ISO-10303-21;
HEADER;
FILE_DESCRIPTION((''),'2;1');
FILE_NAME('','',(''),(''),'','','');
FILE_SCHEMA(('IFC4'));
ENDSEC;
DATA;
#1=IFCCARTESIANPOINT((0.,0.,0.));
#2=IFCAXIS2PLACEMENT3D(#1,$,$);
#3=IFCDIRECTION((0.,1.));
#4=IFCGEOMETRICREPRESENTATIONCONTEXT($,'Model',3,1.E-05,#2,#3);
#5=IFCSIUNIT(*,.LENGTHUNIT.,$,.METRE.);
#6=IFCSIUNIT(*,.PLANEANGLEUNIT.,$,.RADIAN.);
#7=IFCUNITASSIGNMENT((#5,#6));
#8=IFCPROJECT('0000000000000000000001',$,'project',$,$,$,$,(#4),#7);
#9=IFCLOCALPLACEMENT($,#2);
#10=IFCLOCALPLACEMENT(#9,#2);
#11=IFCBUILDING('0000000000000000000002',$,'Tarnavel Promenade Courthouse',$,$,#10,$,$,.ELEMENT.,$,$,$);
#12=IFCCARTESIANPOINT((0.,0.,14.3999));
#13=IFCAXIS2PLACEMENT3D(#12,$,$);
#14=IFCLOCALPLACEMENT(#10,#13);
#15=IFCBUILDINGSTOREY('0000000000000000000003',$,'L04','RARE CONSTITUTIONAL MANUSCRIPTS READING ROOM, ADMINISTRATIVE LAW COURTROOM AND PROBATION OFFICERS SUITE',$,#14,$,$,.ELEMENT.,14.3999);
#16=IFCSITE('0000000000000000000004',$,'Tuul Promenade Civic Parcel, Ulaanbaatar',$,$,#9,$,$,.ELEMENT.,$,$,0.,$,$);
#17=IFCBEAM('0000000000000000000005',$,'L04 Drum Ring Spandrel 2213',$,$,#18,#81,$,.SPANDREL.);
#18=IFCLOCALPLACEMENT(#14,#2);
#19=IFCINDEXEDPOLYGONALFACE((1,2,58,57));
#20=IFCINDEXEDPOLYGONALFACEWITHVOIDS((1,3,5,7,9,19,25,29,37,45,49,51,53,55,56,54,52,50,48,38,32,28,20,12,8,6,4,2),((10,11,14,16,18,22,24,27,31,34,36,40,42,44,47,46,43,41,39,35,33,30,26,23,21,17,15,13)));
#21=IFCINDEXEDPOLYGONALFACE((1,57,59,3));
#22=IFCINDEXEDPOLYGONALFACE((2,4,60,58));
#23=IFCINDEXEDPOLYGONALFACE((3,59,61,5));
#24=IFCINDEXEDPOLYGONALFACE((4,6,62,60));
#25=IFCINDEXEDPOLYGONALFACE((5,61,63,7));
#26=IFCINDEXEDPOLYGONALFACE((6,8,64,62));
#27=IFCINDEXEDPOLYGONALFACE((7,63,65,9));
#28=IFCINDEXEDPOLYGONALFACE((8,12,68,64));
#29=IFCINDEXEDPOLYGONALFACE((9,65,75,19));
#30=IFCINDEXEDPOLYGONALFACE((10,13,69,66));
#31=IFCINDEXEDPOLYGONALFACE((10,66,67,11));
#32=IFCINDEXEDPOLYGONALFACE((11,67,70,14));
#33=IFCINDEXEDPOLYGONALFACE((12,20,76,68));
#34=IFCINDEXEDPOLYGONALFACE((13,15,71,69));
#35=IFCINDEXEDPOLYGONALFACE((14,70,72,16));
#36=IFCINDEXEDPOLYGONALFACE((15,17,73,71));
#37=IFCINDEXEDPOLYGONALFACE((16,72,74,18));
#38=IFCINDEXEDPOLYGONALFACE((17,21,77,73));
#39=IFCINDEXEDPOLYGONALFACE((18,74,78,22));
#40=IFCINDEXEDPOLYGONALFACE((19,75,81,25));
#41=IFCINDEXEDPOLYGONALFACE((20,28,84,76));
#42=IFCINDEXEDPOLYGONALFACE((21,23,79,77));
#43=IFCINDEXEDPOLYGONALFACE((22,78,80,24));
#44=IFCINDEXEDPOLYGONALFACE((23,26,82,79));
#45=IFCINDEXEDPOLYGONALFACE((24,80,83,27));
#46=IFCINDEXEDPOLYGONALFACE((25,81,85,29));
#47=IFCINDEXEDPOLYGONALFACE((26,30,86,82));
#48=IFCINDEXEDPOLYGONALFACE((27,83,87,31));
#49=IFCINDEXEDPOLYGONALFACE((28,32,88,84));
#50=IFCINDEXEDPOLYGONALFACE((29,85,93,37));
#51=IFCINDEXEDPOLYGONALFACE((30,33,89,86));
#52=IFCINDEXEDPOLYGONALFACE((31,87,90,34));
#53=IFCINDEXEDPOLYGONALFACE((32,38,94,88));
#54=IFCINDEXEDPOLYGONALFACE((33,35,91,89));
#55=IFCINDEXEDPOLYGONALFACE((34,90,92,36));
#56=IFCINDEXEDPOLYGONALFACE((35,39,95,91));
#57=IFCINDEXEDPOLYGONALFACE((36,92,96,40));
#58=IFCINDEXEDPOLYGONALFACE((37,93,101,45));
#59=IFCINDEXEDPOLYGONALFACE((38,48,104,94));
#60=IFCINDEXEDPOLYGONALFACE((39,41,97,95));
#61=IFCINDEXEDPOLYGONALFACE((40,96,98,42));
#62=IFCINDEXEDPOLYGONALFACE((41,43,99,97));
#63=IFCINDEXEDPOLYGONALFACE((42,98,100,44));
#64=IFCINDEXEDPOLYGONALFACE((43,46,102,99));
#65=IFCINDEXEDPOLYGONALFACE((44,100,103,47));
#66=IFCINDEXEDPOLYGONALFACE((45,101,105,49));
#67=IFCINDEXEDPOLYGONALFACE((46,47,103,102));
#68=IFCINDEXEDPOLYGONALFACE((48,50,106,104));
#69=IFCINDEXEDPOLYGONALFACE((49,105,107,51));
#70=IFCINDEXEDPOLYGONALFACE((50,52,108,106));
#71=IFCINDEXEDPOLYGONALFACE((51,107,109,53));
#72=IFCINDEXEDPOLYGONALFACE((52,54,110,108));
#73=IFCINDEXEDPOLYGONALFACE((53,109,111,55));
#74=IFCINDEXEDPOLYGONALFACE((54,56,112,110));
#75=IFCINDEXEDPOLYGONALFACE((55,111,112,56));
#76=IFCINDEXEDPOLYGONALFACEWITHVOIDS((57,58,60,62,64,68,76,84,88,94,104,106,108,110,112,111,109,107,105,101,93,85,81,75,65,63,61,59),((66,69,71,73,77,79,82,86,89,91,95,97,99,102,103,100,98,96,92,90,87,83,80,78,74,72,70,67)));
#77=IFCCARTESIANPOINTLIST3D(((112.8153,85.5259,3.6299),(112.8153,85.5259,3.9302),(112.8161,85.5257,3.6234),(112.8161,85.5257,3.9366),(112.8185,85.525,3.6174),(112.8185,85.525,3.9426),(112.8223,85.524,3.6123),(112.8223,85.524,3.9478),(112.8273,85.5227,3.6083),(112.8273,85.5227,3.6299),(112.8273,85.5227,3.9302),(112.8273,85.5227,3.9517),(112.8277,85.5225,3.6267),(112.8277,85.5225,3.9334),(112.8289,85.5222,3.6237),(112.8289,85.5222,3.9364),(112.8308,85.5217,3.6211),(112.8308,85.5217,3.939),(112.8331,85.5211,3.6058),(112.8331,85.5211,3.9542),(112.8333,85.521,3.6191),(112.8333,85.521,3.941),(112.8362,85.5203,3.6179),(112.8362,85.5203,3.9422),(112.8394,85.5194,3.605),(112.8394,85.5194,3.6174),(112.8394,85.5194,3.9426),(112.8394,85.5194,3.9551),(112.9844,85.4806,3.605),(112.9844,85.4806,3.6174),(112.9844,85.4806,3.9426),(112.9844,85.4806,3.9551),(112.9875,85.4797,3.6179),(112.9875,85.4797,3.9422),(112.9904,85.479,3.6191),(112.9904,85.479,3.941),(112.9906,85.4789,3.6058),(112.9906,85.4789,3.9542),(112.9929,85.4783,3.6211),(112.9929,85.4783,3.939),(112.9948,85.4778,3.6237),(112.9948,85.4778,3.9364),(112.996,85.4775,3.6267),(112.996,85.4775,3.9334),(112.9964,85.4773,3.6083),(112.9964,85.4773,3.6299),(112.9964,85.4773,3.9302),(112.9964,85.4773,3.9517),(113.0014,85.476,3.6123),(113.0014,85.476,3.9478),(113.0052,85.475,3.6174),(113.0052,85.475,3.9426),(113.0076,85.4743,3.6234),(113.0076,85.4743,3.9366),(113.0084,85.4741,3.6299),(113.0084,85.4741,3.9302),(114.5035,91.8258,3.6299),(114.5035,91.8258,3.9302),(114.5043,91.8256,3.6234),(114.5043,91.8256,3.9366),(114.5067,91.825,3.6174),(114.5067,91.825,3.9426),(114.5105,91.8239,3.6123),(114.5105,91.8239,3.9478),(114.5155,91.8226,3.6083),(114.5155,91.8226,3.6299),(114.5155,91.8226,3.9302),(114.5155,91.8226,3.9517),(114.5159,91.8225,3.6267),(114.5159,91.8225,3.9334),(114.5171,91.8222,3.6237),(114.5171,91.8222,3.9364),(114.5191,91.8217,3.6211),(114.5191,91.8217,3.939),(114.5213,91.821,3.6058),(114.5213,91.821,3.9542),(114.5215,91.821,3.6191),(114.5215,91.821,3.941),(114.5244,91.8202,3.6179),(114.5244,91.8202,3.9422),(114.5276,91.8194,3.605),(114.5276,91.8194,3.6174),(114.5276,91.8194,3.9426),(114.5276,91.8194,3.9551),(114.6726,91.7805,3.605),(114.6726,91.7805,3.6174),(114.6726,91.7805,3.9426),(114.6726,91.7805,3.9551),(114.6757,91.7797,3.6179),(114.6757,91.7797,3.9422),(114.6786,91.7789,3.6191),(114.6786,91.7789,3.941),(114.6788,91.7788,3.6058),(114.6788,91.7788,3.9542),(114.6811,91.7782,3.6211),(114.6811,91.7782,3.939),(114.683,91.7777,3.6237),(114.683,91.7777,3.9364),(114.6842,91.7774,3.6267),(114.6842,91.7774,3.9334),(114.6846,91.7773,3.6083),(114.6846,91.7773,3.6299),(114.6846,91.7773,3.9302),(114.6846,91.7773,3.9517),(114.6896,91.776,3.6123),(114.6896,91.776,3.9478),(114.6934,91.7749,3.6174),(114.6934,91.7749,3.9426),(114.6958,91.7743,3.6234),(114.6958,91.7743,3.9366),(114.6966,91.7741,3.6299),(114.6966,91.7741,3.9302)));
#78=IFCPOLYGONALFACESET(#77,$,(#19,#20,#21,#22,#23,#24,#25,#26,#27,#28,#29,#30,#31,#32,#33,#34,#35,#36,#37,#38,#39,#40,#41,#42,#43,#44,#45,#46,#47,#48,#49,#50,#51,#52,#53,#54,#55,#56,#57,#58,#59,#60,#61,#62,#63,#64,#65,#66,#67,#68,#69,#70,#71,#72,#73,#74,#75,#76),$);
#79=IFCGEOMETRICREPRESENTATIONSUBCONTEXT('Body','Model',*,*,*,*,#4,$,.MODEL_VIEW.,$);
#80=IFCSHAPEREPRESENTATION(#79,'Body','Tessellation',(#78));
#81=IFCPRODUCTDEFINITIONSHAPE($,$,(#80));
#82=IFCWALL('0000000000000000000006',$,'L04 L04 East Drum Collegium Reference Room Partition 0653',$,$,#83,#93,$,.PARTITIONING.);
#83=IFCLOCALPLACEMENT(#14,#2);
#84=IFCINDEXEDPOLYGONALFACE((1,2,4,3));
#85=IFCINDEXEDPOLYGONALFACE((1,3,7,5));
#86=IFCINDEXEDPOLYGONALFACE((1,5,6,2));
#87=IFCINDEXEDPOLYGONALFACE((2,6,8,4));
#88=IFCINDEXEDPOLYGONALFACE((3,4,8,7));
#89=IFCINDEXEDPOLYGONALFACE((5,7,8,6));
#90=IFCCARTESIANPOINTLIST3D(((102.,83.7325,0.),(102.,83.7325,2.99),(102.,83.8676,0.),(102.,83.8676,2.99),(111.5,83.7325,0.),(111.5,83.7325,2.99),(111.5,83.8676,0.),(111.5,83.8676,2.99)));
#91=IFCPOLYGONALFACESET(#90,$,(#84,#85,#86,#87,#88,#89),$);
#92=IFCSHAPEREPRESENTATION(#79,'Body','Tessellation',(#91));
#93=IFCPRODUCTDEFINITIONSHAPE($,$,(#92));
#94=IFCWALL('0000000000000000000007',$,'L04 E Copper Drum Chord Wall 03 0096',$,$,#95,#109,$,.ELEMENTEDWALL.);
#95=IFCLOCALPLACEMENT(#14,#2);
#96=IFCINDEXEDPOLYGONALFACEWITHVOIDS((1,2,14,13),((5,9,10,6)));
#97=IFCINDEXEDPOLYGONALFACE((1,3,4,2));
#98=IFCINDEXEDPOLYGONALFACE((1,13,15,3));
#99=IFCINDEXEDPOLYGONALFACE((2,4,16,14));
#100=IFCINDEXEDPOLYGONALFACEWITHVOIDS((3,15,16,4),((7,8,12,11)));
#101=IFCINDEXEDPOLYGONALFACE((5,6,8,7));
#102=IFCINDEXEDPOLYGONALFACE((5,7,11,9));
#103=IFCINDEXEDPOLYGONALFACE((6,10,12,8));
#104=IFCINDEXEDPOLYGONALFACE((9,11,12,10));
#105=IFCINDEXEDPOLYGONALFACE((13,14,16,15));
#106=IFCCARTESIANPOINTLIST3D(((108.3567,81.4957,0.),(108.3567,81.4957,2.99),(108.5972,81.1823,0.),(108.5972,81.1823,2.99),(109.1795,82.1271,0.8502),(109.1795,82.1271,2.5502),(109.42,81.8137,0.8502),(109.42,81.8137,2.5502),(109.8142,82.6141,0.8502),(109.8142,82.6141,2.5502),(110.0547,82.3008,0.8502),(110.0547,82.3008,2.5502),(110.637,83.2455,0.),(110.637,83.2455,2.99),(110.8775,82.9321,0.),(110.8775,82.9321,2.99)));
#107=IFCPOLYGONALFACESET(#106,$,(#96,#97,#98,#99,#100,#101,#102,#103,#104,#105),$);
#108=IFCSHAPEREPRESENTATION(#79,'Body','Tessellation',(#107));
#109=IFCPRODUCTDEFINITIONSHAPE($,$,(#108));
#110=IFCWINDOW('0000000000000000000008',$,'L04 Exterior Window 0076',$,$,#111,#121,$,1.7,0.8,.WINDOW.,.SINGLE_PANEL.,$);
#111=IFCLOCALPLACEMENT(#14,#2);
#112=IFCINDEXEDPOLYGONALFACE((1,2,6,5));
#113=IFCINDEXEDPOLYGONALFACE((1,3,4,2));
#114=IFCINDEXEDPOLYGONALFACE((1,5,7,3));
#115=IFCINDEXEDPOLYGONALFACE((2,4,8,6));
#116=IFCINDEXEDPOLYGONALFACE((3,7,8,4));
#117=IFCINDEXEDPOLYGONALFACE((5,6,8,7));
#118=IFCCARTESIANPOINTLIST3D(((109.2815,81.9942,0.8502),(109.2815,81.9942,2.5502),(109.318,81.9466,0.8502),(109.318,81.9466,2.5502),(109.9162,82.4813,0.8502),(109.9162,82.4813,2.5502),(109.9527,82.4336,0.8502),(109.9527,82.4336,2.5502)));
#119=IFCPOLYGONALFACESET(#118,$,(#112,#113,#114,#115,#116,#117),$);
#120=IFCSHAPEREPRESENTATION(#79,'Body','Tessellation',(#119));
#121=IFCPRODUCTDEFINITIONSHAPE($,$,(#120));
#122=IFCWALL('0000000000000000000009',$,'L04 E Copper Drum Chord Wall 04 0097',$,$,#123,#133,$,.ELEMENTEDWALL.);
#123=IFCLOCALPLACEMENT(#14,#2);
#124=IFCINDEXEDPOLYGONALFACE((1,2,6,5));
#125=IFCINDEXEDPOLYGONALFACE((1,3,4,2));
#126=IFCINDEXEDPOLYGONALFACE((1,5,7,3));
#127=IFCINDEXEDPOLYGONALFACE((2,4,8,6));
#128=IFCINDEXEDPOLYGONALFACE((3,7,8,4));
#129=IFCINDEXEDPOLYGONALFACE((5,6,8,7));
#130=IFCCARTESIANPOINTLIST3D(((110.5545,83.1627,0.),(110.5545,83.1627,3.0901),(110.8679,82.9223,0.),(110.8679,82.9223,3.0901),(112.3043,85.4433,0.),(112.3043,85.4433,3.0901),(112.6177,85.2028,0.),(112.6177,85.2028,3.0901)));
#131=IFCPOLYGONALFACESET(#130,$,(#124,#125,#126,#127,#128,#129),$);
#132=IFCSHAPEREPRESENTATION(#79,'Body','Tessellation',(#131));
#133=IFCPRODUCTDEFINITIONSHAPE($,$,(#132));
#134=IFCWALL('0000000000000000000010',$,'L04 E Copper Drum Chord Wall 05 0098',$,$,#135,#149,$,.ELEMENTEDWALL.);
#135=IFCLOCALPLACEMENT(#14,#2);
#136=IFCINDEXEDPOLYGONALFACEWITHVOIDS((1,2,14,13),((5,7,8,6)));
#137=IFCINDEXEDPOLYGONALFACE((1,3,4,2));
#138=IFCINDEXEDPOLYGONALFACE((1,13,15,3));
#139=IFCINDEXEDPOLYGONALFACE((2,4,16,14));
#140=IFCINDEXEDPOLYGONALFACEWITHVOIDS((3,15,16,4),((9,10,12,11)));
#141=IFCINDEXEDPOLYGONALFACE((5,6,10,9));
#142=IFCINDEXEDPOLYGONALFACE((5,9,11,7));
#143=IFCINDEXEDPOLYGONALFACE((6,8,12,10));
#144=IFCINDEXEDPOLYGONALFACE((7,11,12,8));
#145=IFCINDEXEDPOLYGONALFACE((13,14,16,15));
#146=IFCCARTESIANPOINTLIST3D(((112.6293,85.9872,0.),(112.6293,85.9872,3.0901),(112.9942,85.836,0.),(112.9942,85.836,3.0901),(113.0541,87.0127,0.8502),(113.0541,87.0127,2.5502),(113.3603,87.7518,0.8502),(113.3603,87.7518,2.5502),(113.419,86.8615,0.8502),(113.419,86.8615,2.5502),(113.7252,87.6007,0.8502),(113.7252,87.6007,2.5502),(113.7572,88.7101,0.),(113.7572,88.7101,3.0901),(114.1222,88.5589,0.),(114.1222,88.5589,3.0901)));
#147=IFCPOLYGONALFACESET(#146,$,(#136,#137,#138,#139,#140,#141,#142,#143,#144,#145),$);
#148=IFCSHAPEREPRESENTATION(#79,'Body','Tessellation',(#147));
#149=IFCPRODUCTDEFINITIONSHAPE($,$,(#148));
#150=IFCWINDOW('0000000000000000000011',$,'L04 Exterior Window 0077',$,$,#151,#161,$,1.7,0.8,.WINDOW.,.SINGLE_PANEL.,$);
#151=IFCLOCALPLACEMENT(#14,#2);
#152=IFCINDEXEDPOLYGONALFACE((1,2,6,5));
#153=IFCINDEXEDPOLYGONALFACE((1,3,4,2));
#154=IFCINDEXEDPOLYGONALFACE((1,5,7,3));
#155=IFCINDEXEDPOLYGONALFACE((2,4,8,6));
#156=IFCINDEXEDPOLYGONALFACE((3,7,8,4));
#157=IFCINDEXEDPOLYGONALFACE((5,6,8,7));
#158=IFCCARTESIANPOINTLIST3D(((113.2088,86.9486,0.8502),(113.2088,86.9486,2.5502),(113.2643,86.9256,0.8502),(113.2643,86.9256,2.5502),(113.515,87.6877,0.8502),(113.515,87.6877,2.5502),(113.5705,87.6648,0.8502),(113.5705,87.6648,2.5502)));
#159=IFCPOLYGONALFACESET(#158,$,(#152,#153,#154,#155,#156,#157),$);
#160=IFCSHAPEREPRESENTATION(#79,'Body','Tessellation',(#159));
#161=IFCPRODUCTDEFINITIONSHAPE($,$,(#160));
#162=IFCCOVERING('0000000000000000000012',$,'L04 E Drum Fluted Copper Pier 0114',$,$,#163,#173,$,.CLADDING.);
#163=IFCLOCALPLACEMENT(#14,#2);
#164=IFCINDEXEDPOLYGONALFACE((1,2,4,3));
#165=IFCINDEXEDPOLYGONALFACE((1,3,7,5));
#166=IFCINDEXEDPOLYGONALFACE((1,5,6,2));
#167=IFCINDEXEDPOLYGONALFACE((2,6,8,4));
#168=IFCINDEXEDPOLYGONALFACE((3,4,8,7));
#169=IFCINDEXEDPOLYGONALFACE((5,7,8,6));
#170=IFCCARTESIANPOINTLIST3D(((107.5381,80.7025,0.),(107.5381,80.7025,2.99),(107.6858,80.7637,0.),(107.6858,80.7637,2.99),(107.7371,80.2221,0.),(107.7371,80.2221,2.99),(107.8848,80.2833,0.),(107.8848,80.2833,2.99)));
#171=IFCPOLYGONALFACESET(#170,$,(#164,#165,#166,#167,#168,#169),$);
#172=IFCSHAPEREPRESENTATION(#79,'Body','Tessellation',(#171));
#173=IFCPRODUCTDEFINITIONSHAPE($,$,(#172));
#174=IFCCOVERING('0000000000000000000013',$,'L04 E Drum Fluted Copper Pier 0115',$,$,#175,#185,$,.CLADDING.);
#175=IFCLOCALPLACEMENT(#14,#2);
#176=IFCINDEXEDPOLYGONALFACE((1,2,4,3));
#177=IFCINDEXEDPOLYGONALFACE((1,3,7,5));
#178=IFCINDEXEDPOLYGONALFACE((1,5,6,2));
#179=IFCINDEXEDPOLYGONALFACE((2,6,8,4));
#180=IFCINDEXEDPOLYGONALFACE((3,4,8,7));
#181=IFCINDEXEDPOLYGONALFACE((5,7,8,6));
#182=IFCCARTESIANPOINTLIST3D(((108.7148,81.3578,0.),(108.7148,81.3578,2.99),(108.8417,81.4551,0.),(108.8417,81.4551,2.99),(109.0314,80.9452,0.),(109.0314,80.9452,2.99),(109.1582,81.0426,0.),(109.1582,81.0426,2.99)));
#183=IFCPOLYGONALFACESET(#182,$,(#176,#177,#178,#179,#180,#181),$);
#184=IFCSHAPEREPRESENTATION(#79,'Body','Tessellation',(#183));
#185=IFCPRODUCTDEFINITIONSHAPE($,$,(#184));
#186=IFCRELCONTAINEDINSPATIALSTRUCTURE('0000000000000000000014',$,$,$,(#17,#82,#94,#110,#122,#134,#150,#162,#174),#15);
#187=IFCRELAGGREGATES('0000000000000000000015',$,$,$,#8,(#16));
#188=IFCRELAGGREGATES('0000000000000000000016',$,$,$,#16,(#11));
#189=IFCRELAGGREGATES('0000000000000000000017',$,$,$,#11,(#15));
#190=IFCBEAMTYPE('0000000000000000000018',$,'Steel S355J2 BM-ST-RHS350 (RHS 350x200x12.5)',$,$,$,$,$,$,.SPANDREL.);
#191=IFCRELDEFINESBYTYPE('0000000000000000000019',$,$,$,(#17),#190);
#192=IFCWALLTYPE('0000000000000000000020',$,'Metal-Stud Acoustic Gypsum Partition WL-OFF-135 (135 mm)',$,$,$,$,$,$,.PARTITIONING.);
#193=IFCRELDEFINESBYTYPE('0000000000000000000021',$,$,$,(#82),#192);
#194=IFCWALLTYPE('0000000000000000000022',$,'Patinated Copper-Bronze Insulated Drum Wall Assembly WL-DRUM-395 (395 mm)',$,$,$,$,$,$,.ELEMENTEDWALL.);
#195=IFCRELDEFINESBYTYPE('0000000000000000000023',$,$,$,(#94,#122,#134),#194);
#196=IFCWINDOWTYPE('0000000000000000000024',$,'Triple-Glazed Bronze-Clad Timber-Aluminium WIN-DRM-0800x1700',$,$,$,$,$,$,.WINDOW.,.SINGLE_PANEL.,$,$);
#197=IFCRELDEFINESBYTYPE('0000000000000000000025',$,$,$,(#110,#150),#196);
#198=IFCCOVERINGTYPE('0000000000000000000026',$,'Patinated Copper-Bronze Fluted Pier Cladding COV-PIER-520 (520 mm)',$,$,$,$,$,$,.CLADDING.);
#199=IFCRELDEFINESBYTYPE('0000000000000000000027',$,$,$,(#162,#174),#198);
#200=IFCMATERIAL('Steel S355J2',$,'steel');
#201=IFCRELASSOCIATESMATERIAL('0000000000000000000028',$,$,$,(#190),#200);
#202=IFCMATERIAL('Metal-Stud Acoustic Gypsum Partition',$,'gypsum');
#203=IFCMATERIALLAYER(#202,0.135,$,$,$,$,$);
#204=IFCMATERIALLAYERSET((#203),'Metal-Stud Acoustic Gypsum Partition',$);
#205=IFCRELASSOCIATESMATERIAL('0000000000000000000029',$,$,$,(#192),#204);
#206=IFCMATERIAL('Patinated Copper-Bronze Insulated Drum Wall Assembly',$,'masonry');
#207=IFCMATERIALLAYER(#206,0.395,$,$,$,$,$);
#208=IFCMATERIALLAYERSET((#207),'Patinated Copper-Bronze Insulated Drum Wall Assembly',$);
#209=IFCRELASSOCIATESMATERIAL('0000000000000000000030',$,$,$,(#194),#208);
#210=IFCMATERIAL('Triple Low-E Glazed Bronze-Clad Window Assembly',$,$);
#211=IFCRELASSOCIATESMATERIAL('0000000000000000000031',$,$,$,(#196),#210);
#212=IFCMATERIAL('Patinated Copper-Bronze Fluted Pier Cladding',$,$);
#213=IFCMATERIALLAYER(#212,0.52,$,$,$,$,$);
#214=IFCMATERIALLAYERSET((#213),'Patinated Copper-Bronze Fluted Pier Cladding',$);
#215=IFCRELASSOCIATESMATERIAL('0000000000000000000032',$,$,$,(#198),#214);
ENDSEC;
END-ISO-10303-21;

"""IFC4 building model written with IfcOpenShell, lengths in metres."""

from ifc_helpers import new_model, si_unit, direction, frame, frame_2d, origin, origin_2d, place, context, subcontext, project, spatial, rectangle, hollow_rectangle, extrude, material, layer, layer_set, material_profile, profile_set, type_object, element, fill, save


model = new_model("IFC4")

# Units and contexts
model_context = context("Model", 3, precision=1e-05, world=origin(), true_north=direction((0.0, 1.0)))
body_context = subcontext(model_context, "Body", "Model", "MODEL_VIEW")
ifc_project = project(units=[si_unit("LENGTHUNIT", "METRE"), si_unit("PLANEANGLEUNIT", "RADIAN")], contexts=[model_context])

# Site, building, storey
site_placement = place(None, origin())
site = spatial("IfcSite", under=ifc_project, at=site_placement, Name="Tuul Promenade Civic Parcel, Ulaanbaatar", CompositionType="ELEMENT", RefElevation=0.0)
building_placement = place(site_placement, origin())
building = spatial("IfcBuilding", under=site, at=building_placement, Name="Tarnavel Promenade Courthouse", CompositionType="ELEMENT")
storey_placement = place(building_placement, frame((0.0, 0.0, 14.3999)))
storey = spatial("IfcBuildingStorey", under=building, at=storey_placement, Name="L04", Description="RARE CONSTITUTIONAL MANUSCRIPTS READING ROOM, ADMINISTRATIVE LAW COURTROOM AND PROBATION OFFICERS SUITE", CompositionType="ELEMENT", Elevation=14.3999)

# Beam
ifc_material_1 = material(Name="Steel S355J2", Category="steel")
ifc_material_profile_1 = material_profile(ifc_material_1, hollow_rectangle(XDim=0.2, YDim=0.3501, WallThickness=0.0125, InnerFilletRadius=0.0125, OuterFilletRadius=0.0249, at=origin_2d()), Name="RHS 350x200x12.5")
ifc_profile_set_1 = profile_set([ifc_material_profile_1], Name="Steel S355J2")
beam_type_1 = type_object("IfcBeamType", Name="Steel S355J2 BM-ST-RHS350 (RHS 350x200x12.5)", PredefinedType="SPANDREL", material=ifc_profile_set_1)
beam_1_placement = place(storey_placement, frame((112.9119, 85.5, 3.78), z_axis=(0.258839, 0.96592, 0.0), x_axis=(-0.96592, 0.258839, 0.0)))
element("IfcBeam", 1, at=beam_1_placement, inside=storey, type_object=beam_type_1, Name="L04 Drum Ring Spandrel 2213", PredefinedType="SPANDREL", context=body_context, shape_type="SweptSolid", body=[
    extrude(hollow_rectangle(XDim=0.2, YDim=0.3501, WallThickness=0.0125, InnerFilletRadius=0.0125, OuterFilletRadius=0.0249, at=origin_2d()), origin(), (0.0, 0.0, 1.0), 6.5222),
])

# Wall
ifc_material_2 = material(Name="Metal-Stud Acoustic Gypsum Partition", Category="gypsum")
ifc_layer_1 = layer(ifc_material_2, 0.135)
ifc_layer_set_1 = layer_set([ifc_layer_1], Name="Metal-Stud Acoustic Gypsum Partition")
wall_type_1 = type_object("IfcWallType", Name="Metal-Stud Acoustic Gypsum Partition WL-OFF-135 (135 mm)", PredefinedType="PARTITIONING", material=ifc_layer_set_1)
wall_1_placement = place(storey_placement, frame((111.5, 83.8, 0.0), z_axis=(0.0, 0.0, 1.0), x_axis=(-1.0, 0.0, 0.0)))
element("IfcWall", 2, at=wall_1_placement, inside=storey, type_object=wall_type_1, Name="L04 L04 East Drum Collegium Reference Room Partition 0653", PredefinedType="PARTITIONING", context=body_context, shape_type="SweptSolid", body=[
    extrude(rectangle(XDim=9.5, YDim=0.135, at=frame_2d((4.75, 0.0))), origin(), (0.0, 0.0, 1.0), 2.99),
])

# Wall, opening, window
ifc_material_3 = material(Name="Patinated Copper-Bronze Insulated Drum Wall Assembly", Category="masonry")
ifc_layer_2 = layer(ifc_material_3, 0.395)
ifc_layer_set_2 = layer_set([ifc_layer_2], Name="Patinated Copper-Bronze Insulated Drum Wall Assembly")
wall_type_2 = type_object("IfcWallType", Name="Patinated Copper-Bronze Insulated Drum Wall Assembly WL-DRUM-395 (395 mm)", PredefinedType="ELEMENTEDWALL", material=ifc_layer_set_2)
wall_2_placement = place(storey_placement, frame((108.4771, 81.3391, 0.0), z_axis=(0.0, 0.0, 1.0), x_axis=(0.793347, 0.60877, 0.0)))
wall_2 = element("IfcWall", 3, at=wall_2_placement, inside=storey, type_object=wall_type_2, Name="L04 E Copper Drum Chord Wall 03 0096", PredefinedType="ELEMENTEDWALL", context=body_context, shape_type="SweptSolid", body=[
    extrude(rectangle(XDim=2.8743, YDim=0.395, at=frame_2d((1.437, 0.0))), origin(), (0.0, 0.0, 1.0), 2.99),
])
opening_1_placement = place(wall_2_placement, frame((1.0371, 0.0, 0.8501)))
opening_1 = element("IfcOpeningElement", 4, at=opening_1_placement, cuts=wall_2, PredefinedType="OPENING", context=body_context, shape_type="SweptSolid", body=[
    extrude(rectangle(XDim=0.8, YDim=1.7, at=frame_2d((0.3999, 0.8501))), frame((0.0, 0.2075, 0.0), z_axis=(0.0, -1.0, 0.0), x_axis=(1.0, 0.0, 0.0)), (0.0, 0.0, 1.0), 0.415),
])
ifc_material_4 = material(Name="Triple Low-E Glazed Bronze-Clad Window Assembly")
window_type = type_object("IfcWindowType", Name="Triple-Glazed Bronze-Clad Timber-Aluminium WIN-DRM-0800x1700", PartitioningType="SINGLE_PANEL", PredefinedType="WINDOW", material=ifc_material_4)
window_1_placement = place(opening_1_placement, origin())
window_1 = element("IfcWindow", 5, at=window_1_placement, inside=storey, type_object=window_type, Name="L04 Exterior Window 0076", OverallHeight=1.7, OverallWidth=0.8, PartitioningType="SINGLE_PANEL", PredefinedType="WINDOW", context=body_context, shape_type="SweptSolid", body=[
    extrude(rectangle(XDim=0.8, YDim=1.7, at=frame_2d((0.3999, 0.8501))), frame((0.0, 0.03, 0.0), z_axis=(0.0, -1.0, 0.0), x_axis=(1.0, 0.0, 0.0)), (0.0, 0.0, 1.0), 0.0601),
])
fill(opening_1, window_1)

# Wall
wall_3_placement = place(storey_placement, frame((110.7112, 83.0425, 0.0), z_axis=(0.0, 0.0, 1.0), x_axis=(0.608729, 0.793378, 0.0)))
element("IfcWall", 6, at=wall_3_placement, inside=storey, type_object=wall_type_2, Name="L04 E Copper Drum Chord Wall 04 0097", PredefinedType="ELEMENTEDWALL", context=body_context, shape_type="SweptSolid", body=[
    extrude(rectangle(XDim=2.8745, YDim=0.395, at=frame_2d((1.4373, 0.0))), origin(), (0.0, 0.0, 1.0), 3.0901),
])

# Wall, opening, window
wall_4_placement = place(storey_placement, frame((112.8118, 85.9116, 0.0), z_axis=(0.0, 0.0, 1.0), x_axis=(0.382703, 0.923871, 0.0)))
wall_4 = element("IfcWall", 7, at=wall_4_placement, inside=storey, type_object=wall_type_2, Name="L04 E Copper Drum Chord Wall 05 0098", PredefinedType="ELEMENTEDWALL", context=body_context, shape_type="SweptSolid", body=[
    extrude(rectangle(XDim=2.9473, YDim=0.395, at=frame_2d((1.4736, 0.0))), origin(), (0.0, 0.0, 1.0), 3.0901),
])
opening_2_placement = place(wall_4_placement, frame((1.1101, 0.0, 0.8501)))
opening_2 = element("IfcOpeningElement", 8, at=opening_2_placement, cuts=wall_4, PredefinedType="OPENING", context=body_context, shape_type="SweptSolid", body=[
    extrude(rectangle(XDim=0.8, YDim=1.7, at=frame_2d((0.3999, 0.8501))), frame((0.0, 0.2075, 0.0), z_axis=(0.0, -1.0, 0.0), x_axis=(1.0, 0.0, 0.0)), (0.0, 0.0, 1.0), 0.415),
])
window_2_placement = place(opening_2_placement, origin())
window_2 = element("IfcWindow", 9, at=window_2_placement, inside=storey, type_object=window_type, Name="L04 Exterior Window 0077", OverallHeight=1.7, OverallWidth=0.8, PartitioningType="SINGLE_PANEL", PredefinedType="WINDOW", context=body_context, shape_type="SweptSolid", body=[
    extrude(rectangle(XDim=0.8, YDim=1.7, at=frame_2d((0.3999, 0.8501))), frame((0.0, 0.03, 0.0), z_axis=(0.0, -1.0, 0.0), x_axis=(1.0, 0.0, 0.0)), (0.0, 0.0, 1.0), 0.0601),
])
fill(opening_2, window_2)

# Coverings
ifc_material_5 = material(Name="Patinated Copper-Bronze Fluted Pier Cladding")
ifc_layer_3 = layer(ifc_material_5, 0.52)
ifc_layer_set_3 = layer_set([ifc_layer_3], Name="Patinated Copper-Bronze Fluted Pier Cladding")
covering_type = type_object("IfcCoveringType", Name="Patinated Copper-Bronze Fluted Pier Cladding COV-PIER-520 (520 mm)", PredefinedType="CLADDING", material=ifc_layer_set_3)
for number, where, z_axis, x_axis, name in (
    (10, (107.7114, 80.4929, 0.0), (0.0, 0.0, 1.0), (0.92388, 0.382683, 0.0), "L04 E Drum Fluted Copper Pier 0114"),
    (11, (108.9365, 81.2002, 0.0), (0.0, 0.0, 1.0), (0.793353, 0.608761, 0.0), "L04 E Drum Fluted Copper Pier 0115"),
):
    element("IfcCovering", number, at=place(storey_placement, frame(where, z_axis=z_axis, x_axis=x_axis)), inside=storey, type_object=covering_type, Name=name, PredefinedType="CLADDING", context=body_context, shape_type="SweptSolid", body=[
        extrude(rectangle(XDim=0.1599, YDim=0.52, at=origin_2d()), origin(), (0.0, 0.0, 1.0), 2.99),
    ])

save(model, "model.ifc")
